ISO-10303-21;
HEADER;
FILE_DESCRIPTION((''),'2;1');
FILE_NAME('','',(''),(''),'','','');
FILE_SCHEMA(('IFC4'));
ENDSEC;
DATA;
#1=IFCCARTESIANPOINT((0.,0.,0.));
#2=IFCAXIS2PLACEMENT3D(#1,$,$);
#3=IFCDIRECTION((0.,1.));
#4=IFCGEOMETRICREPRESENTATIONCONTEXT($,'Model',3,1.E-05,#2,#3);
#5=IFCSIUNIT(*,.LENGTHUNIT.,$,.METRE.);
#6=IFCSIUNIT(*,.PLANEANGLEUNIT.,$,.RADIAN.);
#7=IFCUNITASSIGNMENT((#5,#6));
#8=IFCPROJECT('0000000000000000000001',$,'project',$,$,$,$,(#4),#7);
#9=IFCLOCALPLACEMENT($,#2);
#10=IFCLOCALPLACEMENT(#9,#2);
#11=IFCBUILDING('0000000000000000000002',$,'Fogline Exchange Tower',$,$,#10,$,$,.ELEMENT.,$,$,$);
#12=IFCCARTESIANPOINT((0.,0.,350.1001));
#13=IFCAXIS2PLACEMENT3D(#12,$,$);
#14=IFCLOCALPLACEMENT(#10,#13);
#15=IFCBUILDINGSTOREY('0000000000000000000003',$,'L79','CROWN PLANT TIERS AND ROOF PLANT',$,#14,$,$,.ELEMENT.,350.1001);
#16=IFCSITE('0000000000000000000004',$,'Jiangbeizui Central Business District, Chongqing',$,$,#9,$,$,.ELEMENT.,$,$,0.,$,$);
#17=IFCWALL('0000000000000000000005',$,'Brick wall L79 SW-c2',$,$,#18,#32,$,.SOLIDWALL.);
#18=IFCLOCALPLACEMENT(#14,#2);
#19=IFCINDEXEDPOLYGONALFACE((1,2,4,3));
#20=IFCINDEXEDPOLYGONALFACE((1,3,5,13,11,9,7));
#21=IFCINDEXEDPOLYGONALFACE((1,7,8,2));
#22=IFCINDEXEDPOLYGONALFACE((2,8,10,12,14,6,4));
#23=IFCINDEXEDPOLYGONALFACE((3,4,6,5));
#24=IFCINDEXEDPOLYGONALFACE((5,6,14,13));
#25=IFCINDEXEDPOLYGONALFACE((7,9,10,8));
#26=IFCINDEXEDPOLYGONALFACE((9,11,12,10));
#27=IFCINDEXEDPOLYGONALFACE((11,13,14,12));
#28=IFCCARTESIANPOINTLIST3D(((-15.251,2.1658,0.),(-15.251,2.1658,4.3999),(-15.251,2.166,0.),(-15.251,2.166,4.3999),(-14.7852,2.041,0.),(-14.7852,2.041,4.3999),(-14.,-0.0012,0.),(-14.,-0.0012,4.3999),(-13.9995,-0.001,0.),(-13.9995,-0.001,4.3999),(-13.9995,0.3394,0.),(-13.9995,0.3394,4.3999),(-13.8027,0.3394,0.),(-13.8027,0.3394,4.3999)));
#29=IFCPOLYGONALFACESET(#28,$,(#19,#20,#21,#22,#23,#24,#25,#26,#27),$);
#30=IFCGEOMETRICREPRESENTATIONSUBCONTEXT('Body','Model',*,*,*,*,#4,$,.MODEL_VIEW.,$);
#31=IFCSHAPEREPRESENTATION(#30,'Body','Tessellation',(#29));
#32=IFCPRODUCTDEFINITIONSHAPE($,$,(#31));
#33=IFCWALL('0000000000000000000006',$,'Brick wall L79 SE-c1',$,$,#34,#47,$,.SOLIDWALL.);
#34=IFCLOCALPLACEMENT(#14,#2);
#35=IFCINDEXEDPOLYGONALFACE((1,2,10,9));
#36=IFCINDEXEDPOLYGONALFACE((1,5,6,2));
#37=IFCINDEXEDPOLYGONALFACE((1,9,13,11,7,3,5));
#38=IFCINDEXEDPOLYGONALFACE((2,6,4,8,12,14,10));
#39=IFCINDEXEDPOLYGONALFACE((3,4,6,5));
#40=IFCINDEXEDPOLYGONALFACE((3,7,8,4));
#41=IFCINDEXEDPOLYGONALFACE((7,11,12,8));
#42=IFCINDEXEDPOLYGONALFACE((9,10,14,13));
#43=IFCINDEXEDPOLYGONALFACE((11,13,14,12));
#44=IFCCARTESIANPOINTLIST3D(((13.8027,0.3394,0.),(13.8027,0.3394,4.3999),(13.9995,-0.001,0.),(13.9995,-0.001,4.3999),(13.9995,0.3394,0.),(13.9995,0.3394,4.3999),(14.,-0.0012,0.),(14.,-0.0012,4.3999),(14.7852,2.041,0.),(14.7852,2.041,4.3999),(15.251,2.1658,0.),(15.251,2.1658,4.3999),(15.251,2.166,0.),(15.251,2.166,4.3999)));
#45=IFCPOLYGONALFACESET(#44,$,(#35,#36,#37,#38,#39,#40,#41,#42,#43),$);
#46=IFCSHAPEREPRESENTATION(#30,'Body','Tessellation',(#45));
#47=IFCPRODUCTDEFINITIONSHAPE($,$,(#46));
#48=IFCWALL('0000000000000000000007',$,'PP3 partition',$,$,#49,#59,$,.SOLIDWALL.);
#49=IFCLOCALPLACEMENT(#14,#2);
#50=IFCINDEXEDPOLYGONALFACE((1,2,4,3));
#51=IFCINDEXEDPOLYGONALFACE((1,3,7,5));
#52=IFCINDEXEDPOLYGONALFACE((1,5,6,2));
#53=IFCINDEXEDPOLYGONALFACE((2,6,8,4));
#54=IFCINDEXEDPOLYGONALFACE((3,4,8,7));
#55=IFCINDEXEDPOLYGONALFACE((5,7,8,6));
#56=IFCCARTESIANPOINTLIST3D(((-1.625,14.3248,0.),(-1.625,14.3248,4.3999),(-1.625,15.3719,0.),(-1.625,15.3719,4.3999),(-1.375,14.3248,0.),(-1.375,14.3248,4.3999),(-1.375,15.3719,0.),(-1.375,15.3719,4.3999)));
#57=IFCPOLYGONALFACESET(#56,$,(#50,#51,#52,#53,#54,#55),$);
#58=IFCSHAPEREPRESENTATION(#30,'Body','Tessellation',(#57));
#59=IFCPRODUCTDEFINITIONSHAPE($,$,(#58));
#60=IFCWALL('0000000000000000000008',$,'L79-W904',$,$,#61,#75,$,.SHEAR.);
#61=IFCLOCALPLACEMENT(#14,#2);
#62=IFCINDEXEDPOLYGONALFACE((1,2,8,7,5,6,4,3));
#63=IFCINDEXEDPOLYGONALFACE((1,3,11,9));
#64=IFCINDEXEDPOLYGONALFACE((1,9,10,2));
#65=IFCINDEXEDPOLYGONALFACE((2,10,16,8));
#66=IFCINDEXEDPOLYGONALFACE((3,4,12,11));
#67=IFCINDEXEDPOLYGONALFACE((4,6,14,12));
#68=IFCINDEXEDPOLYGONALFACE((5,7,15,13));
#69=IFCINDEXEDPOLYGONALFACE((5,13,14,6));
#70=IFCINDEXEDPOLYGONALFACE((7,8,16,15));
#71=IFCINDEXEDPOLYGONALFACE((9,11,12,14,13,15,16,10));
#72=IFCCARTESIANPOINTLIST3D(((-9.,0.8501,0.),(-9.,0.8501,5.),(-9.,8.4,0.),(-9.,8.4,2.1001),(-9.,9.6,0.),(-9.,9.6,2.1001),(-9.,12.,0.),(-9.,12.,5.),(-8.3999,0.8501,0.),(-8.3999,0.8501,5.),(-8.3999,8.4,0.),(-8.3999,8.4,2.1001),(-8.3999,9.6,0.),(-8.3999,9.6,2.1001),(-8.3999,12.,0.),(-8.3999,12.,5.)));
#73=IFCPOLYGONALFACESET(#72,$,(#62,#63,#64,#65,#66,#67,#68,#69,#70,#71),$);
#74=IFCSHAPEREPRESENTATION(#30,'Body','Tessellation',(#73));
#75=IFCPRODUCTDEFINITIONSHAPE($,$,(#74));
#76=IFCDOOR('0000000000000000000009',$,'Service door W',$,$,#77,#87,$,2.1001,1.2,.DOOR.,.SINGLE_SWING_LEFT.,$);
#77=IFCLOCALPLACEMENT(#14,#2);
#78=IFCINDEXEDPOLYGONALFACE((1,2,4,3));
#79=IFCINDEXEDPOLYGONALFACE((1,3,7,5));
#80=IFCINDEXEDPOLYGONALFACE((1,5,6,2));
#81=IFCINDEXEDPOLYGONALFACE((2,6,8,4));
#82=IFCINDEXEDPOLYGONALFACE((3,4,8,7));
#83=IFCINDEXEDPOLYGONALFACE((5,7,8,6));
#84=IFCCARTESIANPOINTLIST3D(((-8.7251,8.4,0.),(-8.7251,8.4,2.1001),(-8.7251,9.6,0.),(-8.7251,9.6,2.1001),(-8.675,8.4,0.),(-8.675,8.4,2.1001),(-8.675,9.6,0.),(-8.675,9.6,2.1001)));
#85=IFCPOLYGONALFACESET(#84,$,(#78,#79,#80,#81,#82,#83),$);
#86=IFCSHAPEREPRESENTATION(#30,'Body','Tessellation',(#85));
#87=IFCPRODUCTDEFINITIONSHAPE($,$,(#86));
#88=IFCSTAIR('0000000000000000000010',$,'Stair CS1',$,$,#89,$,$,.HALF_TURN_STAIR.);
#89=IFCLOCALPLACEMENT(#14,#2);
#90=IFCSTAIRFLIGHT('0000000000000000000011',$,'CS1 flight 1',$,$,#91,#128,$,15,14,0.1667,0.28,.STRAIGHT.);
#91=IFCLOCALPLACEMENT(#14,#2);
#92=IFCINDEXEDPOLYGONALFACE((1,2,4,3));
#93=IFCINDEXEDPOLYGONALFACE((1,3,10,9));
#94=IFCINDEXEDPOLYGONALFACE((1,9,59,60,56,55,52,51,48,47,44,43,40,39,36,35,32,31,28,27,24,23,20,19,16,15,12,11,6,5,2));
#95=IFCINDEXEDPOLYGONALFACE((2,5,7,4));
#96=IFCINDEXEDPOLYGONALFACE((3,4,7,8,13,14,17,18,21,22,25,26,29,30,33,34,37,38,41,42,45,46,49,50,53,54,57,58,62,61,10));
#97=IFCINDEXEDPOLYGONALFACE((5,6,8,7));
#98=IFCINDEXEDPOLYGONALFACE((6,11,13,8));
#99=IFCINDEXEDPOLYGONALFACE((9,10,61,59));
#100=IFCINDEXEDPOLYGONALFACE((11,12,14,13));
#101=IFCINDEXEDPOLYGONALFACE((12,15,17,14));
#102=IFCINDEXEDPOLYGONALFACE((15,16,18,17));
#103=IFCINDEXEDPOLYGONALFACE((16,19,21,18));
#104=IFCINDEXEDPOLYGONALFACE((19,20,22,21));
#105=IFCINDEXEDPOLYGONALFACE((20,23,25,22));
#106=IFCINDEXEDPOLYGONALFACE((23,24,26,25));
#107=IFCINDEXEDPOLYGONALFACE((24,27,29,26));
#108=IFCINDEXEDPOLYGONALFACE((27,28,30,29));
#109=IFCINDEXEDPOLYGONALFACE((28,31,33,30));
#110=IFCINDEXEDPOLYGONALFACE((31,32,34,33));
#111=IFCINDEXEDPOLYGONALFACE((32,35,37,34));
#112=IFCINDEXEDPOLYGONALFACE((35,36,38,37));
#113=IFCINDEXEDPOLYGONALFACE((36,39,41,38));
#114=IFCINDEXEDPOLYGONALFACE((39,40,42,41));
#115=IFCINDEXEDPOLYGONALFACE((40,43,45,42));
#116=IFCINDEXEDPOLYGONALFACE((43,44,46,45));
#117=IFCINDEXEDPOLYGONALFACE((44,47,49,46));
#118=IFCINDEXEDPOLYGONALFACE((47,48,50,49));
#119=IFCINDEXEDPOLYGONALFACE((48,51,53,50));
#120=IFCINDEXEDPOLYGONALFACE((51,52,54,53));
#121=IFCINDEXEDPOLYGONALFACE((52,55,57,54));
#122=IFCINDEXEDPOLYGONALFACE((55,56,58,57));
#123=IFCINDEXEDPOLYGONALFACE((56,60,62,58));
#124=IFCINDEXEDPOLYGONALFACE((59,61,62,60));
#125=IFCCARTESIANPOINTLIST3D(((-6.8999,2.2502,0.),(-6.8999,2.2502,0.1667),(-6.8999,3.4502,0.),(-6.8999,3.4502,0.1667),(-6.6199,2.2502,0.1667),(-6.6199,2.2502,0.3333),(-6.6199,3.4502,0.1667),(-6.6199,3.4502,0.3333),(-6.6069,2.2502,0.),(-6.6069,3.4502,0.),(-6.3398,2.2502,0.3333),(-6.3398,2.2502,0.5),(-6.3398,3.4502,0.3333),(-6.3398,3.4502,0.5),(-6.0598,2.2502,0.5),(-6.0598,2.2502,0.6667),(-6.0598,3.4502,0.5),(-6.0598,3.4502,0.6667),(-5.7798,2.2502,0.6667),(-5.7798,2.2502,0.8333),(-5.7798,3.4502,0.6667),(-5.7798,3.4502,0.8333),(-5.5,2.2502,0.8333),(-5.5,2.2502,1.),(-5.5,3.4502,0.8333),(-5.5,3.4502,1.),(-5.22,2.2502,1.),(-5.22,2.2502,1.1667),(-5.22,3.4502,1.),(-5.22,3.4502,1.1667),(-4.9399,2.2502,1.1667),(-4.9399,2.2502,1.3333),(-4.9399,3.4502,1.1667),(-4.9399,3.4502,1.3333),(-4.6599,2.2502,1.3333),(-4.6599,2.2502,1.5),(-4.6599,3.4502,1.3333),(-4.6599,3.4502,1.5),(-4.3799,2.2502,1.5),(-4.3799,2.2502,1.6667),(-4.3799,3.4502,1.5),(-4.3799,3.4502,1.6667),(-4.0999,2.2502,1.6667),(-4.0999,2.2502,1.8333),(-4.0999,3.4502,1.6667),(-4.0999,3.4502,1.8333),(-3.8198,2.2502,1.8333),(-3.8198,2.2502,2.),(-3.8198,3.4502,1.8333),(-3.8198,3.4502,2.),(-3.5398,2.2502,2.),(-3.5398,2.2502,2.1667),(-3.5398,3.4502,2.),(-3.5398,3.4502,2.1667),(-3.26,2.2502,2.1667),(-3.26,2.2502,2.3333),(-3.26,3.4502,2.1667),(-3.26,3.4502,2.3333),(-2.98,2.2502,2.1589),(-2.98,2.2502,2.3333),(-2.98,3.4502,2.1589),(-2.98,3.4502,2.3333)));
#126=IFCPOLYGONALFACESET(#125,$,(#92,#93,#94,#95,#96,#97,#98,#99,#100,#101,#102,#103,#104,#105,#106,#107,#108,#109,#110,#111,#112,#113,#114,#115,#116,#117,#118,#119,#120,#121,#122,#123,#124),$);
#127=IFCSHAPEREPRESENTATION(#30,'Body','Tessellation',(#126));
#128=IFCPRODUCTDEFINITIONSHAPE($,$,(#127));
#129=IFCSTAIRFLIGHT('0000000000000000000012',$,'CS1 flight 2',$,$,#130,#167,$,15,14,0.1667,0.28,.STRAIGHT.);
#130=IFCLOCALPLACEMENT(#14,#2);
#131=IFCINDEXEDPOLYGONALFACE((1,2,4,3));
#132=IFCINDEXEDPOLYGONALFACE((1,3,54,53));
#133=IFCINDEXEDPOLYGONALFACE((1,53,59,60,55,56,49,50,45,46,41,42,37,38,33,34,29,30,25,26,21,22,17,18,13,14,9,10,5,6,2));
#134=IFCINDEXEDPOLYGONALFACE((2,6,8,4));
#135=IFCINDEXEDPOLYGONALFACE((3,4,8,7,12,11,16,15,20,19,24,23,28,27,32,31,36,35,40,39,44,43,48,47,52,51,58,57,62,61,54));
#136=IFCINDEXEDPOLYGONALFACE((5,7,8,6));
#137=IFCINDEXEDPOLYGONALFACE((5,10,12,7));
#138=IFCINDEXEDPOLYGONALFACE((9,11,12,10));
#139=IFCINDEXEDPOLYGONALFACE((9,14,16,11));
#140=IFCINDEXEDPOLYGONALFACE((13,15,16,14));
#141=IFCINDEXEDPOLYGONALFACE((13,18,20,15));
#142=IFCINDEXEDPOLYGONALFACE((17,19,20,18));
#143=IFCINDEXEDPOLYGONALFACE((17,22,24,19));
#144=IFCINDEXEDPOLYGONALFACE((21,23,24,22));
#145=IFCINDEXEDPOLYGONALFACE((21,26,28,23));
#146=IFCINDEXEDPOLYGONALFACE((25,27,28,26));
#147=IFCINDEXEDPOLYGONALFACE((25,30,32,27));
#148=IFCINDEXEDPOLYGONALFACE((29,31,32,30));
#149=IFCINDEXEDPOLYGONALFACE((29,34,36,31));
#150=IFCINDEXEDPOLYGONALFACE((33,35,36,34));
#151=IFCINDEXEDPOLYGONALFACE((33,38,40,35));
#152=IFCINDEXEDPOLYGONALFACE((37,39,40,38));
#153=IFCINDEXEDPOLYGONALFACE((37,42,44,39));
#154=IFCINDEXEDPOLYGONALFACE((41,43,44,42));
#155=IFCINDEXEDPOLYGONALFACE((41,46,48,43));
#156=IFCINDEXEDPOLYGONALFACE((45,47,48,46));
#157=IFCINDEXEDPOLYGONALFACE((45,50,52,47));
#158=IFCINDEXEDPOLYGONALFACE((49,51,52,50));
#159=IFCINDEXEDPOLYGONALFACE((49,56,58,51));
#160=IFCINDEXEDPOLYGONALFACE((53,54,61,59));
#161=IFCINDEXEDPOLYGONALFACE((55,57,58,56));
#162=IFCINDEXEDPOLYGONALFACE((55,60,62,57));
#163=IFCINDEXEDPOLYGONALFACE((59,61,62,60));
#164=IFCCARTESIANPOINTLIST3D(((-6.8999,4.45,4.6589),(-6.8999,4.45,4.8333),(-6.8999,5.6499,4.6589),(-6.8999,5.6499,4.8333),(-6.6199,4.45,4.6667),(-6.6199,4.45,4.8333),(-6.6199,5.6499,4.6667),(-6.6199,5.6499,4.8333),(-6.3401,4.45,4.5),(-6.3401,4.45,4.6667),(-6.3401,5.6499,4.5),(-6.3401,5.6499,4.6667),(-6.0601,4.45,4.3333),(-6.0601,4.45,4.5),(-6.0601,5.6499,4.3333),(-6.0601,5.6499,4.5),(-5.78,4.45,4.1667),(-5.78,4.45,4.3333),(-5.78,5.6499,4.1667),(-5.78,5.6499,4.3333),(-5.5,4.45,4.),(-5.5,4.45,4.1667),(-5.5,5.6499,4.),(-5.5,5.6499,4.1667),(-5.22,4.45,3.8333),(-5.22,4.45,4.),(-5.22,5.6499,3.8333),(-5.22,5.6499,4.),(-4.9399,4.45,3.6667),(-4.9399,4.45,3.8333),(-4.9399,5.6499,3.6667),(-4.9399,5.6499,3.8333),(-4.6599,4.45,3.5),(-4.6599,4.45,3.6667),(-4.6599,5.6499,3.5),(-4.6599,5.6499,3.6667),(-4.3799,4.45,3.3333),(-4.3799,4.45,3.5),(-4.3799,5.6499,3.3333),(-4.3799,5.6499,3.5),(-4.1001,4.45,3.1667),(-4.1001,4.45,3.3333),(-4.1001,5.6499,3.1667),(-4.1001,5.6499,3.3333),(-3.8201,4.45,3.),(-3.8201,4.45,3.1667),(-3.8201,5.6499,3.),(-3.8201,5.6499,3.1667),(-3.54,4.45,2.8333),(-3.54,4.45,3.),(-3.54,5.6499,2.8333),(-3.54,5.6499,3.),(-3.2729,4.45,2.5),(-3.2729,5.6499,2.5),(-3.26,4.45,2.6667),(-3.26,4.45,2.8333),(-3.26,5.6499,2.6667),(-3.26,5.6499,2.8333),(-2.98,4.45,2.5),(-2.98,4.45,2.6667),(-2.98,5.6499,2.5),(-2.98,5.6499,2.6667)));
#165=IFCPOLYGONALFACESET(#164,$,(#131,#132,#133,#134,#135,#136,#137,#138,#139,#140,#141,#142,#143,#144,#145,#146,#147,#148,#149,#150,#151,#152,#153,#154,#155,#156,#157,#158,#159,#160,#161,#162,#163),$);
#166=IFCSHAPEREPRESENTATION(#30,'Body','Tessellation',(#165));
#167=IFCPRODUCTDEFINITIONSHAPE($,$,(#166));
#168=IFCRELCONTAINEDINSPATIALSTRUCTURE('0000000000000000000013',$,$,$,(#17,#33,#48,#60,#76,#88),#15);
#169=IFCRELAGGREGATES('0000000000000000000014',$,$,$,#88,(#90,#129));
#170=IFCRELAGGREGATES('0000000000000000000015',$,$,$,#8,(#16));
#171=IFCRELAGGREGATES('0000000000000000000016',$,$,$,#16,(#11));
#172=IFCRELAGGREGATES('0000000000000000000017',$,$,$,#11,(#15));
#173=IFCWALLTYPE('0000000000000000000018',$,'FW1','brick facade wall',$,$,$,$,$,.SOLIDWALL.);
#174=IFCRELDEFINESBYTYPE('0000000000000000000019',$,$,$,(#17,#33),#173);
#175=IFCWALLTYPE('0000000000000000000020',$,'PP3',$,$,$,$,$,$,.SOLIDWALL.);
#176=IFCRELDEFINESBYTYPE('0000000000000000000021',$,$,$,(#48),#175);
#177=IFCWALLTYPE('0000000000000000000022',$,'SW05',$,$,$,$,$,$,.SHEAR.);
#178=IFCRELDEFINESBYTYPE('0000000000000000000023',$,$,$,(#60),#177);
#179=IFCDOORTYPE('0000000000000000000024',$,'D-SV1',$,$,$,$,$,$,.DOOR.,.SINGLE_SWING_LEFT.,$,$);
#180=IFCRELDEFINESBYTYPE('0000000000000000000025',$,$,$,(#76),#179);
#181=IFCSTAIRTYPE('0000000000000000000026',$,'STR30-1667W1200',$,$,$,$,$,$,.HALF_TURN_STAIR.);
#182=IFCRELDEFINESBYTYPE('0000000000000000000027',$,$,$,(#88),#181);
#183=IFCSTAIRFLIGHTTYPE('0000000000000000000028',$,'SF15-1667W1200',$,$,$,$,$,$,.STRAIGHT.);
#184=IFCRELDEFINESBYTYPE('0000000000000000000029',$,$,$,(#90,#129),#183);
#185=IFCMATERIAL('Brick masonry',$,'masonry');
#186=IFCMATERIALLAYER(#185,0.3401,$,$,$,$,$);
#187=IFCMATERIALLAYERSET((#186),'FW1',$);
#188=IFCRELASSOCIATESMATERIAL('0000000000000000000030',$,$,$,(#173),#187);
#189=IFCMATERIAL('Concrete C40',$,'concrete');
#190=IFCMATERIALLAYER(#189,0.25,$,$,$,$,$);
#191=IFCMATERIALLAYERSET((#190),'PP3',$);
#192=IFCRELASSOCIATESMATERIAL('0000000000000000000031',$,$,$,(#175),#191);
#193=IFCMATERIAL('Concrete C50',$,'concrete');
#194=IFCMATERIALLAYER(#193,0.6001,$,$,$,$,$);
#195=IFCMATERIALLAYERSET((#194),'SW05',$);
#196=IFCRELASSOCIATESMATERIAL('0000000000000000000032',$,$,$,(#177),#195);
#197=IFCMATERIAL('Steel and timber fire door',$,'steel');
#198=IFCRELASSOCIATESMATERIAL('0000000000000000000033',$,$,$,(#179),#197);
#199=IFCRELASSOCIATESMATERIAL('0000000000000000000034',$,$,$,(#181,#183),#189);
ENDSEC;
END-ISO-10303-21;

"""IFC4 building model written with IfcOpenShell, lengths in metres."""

from ifc_helpers import new_model, si_unit, direction, frame, frame_2d, origin, place, context, subcontext, project, spatial, polyline, rectangle, outline, extrude, material, layer, layer_set, type_object, element, fill, aggregate, save


model = new_model("IFC4")

# Units and contexts
model_context = context("Model", 3, precision=1e-05, world=origin(), true_north=direction((0.0, 1.0)))
body_context = subcontext(model_context, "Body", "Model", "MODEL_VIEW")
ifc_project = project(units=[si_unit("LENGTHUNIT", "METRE"), si_unit("PLANEANGLEUNIT", "RADIAN")], contexts=[model_context])

# Site, building, storey
site_placement = place(None, origin())
site = spatial("IfcSite", under=ifc_project, at=site_placement, Name="Jiangbeizui Central Business District, Chongqing", CompositionType="ELEMENT", RefElevation=0.0)
building_placement = place(site_placement, origin())
building = spatial("IfcBuilding", under=site, at=building_placement, Name="Fogline Exchange Tower", CompositionType="ELEMENT")
storey_placement = place(building_placement, frame((0.0, 0.0, 350.1001)))
storey = spatial("IfcBuildingStorey", under=building, at=storey_placement, Name="L79", Description="CROWN PLANT TIERS AND ROOF PLANT", CompositionType="ELEMENT", Elevation=350.1001)

# Shared definitions
ifc_material_1 = material(Name="Concrete C40", Category="concrete")

# Shared definitions
ifc_material_2 = material(Name="Steel and timber fire door", Category="steel")

# Walls
ifc_material_3 = material(Name="Brick masonry", Category="masonry")
ifc_layer_1 = layer(ifc_material_3, 0.3401)
ifc_layer_set_1 = layer_set([ifc_layer_1], Name="FW1")
wall_type_1 = type_object("IfcWallType", Name="FW1", Description="brick facade wall", PredefinedType="SOLIDWALL", material=ifc_layer_set_1)
wall_1_placement = place(storey_placement, origin())
element("IfcWall", 1, at=wall_1_placement, inside=storey, type_object=wall_type_1, Name="Brick wall L79 SW-c2", PredefinedType="SOLIDWALL", context=body_context, shape_type="SweptSolid", body=[
    extrude(outline(polyline([(-13.8027, 0.3394), (-13.9995, 0.3394), (-13.9995, -0.001), (-14.0, -0.0012), (-15.251, 2.1658), (-15.251, 2.166), (-14.7852, 2.041), (-13.8027, 0.3394)])), origin(), (0.0, 0.0, 1.0), 4.3999),
])
wall_2_placement = place(storey_placement, origin())
element("IfcWall", 2, at=wall_2_placement, inside=storey, type_object=wall_type_1, Name="Brick wall L79 SE-c1", PredefinedType="SOLIDWALL", context=body_context, shape_type="SweptSolid", body=[
    extrude(outline(polyline([(15.251, 2.1658), (14.0, -0.0012), (13.9995, -0.001), (13.9995, 0.3394), (13.8027, 0.3394), (14.7852, 2.041), (15.251, 2.166), (15.251, 2.1658)])), origin(), (0.0, 0.0, 1.0), 4.3999),
])

# Shared definitions
ifc_layer_2 = layer(ifc_material_1, 0.25)
ifc_layer_set_2 = layer_set([ifc_layer_2], Name="PP3")
wall_type_2 = type_object("IfcWallType", Name="PP3", PredefinedType="SOLIDWALL", material=ifc_layer_set_2)

# Wall
wall_3_placement = place(storey_placement, frame((-1.5, 14.325, 0.0), z_axis=(0.0, 0.0, 1.0), x_axis=(0.0, 1.0, 0.0)))
element("IfcWall", 3, at=wall_3_placement, inside=storey, type_object=wall_type_2, Name="PP3 partition", PredefinedType="SOLIDWALL", context=body_context, shape_type="SweptSolid", body=[
    extrude(rectangle(XDim=1.0471, YDim=0.25, at=frame_2d((0.5234, 0.0))), origin(), (0.0, 0.0, 1.0), 4.3999),
])

# Wall, opening, door
ifc_material_4 = material(Name="Concrete C50", Category="concrete")
ifc_layer_3 = layer(ifc_material_4, 0.6001)
ifc_layer_set_3 = layer_set([ifc_layer_3], Name="SW05")
wall_type_3 = type_object("IfcWallType", Name="SW05", PredefinedType="SHEAR", material=ifc_layer_set_3)
wall_4_placement = place(storey_placement, frame((-8.7, 12.0, 0.0), z_axis=(0.0, 0.0, 1.0), x_axis=(0.0, -1.0, 0.0)))
wall_4 = element("IfcWall", 4, at=wall_4_placement, inside=storey, type_object=wall_type_3, Name="L79-W904", PredefinedType="SHEAR", context=body_context, shape_type="SweptSolid", body=[
    extrude(rectangle(XDim=11.1499, YDim=0.6001, at=frame_2d((5.575, 0.0))), origin(), (0.0, 0.0, 1.0), 5.0),
])
opening_1_placement = place(wall_4_placement, frame((2.3999, 0.0, 0.0)))
opening_1 = element("IfcOpeningElement", 5, at=opening_1_placement, cuts=wall_4, PredefinedType="OPENING", context=body_context, shape_type="SweptSolid", body=[
    extrude(rectangle(XDim=1.2, YDim=2.1001, at=frame_2d((0.6001, 1.05))), frame((0.0, 0.3101, 0.0), z_axis=(0.0, -1.0, 0.0), x_axis=(1.0, 0.0, 0.0)), (0.0, 0.0, 1.0), 0.6201),
])
door_type_1 = type_object("IfcDoorType", Name="D-SV1", OperationType="SINGLE_SWING_LEFT", PredefinedType="DOOR", material=ifc_material_2)
door_1_placement = place(opening_1_placement, origin())
door_1 = element("IfcDoor", 6, at=door_1_placement, inside=storey, type_object=door_type_1, Name="Service door W", OperationType="SINGLE_SWING_LEFT", OverallHeight=2.1001, OverallWidth=1.2, PredefinedType="DOOR", context=body_context, shape_type="SweptSolid", body=[
    extrude(rectangle(XDim=1.2, YDim=2.1001, at=frame_2d((0.6001, 1.05))), frame((0.0, 0.0249, 0.0), z_axis=(0.0, -1.0, 0.0), x_axis=(1.0, 0.0, 0.0)), (0.0, 0.0, 1.0), 0.05),
])
fill(opening_1, door_1)

# Stair, stair flights
stair_type = type_object("IfcStairType", Name="STR30-1667W1200", PredefinedType="HALF_TURN_STAIR", material=ifc_material_1)
stair_placement = place(storey_placement, origin())
stair = element("IfcStair", 7, at=stair_placement, inside=storey, type_object=stair_type, Name="Stair CS1", PredefinedType="HALF_TURN_STAIR")
stair_flight_type = type_object("IfcStairFlightType", Name="SF15-1667W1200", PredefinedType="STRAIGHT", material=ifc_material_1)
stair_flight_1_placement = place(storey_placement, frame((-6.8999, 2.8501, 0.0), z_axis=(0.0, 0.0, 1.0), x_axis=(1.0, 0.0, 0.0)))
stair_flight_1 = element("IfcStairFlight", 8, at=stair_flight_1_placement, type_object=stair_flight_type, Name="CS1 flight 1", NumberOfRisers=15, NumberOfTreads=14, PredefinedType="STRAIGHT", RiserHeight=0.1667, TreadLength=0.28, context=body_context, shape_type="SweptSolid", body=[
    extrude(outline(polyline([(0.0, 0.0), (0.0, 0.1667), (0.28, 0.1667), (0.28, 0.3333), (0.5601, 0.3333), (0.5601, 0.5), (0.8401, 0.5), (0.8401, 0.6667), (1.1201, 0.6667), (1.1201, 0.8333), (1.3999, 0.8333), (1.3999, 1.0), (1.6799, 1.0), (1.6799, 1.1667), (1.96, 1.1667), (1.96, 1.3333), (2.24, 1.3333), (2.24, 1.5), (2.52, 1.5), (2.52, 1.6667), (2.8, 1.6667), (2.8, 1.8333), (3.0801, 1.8333), (3.0801, 2.0), (3.3601, 2.0), (3.3601, 2.1667), (3.6399, 2.1667), (3.6399, 2.3333), (3.9199, 2.3333), (3.9199, 2.5), (3.9199, 2.1589), (0.293, 0.0), (0.0, 0.0)])), frame((0.0, 0.6001, 0.0), z_axis=(0.0, -1.0, 0.0), x_axis=(1.0, 0.0, 0.0)), (0.0, 0.0, 1.0), 1.2),
])
stair_flight_2_placement = place(storey_placement, frame((-2.98, 5.05, 2.5), z_axis=(0.0, 0.0, 1.0), x_axis=(-1.0, 0.0, 0.0)))
stair_flight_2 = element("IfcStairFlight", 9, at=stair_flight_2_placement, type_object=stair_flight_type, Name="CS1 flight 2", NumberOfRisers=15, NumberOfTreads=14, PredefinedType="STRAIGHT", RiserHeight=0.1667, TreadLength=0.28, context=body_context, shape_type="SweptSolid", body=[
    extrude(outline(polyline([(0.0, 0.0), (0.0, 0.1667), (0.28, 0.1667), (0.28, 0.3333), (0.5601, 0.3333), (0.5601, 0.5), (0.8401, 0.5), (0.8401, 0.6667), (1.1201, 0.6667), (1.1201, 0.8333), (1.3999, 0.8333), (1.3999, 1.0), (1.6799, 1.0), (1.6799, 1.1667), (1.96, 1.1667), (1.96, 1.3333), (2.24, 1.3333), (2.24, 1.5), (2.52, 1.5), (2.52, 1.6667), (2.8, 1.6667), (2.8, 1.8333), (3.0801, 1.8333), (3.0801, 2.0), (3.3601, 2.0), (3.3601, 2.1667), (3.6399, 2.1667), (3.6399, 2.3333), (3.9199, 2.3333), (3.9199, 2.5), (3.9199, 2.1589), (0.293, 0.0), (0.0, 0.0)])), frame((0.0, 0.6001, 0.0), z_axis=(0.0, -1.0, 0.0), x_axis=(1.0, 0.0, 0.0)), (0.0, 0.0, 1.0), 1.2),
])
aggregate(stair, [stair_flight_1, stair_flight_2])

save(model, "model.ifc")
